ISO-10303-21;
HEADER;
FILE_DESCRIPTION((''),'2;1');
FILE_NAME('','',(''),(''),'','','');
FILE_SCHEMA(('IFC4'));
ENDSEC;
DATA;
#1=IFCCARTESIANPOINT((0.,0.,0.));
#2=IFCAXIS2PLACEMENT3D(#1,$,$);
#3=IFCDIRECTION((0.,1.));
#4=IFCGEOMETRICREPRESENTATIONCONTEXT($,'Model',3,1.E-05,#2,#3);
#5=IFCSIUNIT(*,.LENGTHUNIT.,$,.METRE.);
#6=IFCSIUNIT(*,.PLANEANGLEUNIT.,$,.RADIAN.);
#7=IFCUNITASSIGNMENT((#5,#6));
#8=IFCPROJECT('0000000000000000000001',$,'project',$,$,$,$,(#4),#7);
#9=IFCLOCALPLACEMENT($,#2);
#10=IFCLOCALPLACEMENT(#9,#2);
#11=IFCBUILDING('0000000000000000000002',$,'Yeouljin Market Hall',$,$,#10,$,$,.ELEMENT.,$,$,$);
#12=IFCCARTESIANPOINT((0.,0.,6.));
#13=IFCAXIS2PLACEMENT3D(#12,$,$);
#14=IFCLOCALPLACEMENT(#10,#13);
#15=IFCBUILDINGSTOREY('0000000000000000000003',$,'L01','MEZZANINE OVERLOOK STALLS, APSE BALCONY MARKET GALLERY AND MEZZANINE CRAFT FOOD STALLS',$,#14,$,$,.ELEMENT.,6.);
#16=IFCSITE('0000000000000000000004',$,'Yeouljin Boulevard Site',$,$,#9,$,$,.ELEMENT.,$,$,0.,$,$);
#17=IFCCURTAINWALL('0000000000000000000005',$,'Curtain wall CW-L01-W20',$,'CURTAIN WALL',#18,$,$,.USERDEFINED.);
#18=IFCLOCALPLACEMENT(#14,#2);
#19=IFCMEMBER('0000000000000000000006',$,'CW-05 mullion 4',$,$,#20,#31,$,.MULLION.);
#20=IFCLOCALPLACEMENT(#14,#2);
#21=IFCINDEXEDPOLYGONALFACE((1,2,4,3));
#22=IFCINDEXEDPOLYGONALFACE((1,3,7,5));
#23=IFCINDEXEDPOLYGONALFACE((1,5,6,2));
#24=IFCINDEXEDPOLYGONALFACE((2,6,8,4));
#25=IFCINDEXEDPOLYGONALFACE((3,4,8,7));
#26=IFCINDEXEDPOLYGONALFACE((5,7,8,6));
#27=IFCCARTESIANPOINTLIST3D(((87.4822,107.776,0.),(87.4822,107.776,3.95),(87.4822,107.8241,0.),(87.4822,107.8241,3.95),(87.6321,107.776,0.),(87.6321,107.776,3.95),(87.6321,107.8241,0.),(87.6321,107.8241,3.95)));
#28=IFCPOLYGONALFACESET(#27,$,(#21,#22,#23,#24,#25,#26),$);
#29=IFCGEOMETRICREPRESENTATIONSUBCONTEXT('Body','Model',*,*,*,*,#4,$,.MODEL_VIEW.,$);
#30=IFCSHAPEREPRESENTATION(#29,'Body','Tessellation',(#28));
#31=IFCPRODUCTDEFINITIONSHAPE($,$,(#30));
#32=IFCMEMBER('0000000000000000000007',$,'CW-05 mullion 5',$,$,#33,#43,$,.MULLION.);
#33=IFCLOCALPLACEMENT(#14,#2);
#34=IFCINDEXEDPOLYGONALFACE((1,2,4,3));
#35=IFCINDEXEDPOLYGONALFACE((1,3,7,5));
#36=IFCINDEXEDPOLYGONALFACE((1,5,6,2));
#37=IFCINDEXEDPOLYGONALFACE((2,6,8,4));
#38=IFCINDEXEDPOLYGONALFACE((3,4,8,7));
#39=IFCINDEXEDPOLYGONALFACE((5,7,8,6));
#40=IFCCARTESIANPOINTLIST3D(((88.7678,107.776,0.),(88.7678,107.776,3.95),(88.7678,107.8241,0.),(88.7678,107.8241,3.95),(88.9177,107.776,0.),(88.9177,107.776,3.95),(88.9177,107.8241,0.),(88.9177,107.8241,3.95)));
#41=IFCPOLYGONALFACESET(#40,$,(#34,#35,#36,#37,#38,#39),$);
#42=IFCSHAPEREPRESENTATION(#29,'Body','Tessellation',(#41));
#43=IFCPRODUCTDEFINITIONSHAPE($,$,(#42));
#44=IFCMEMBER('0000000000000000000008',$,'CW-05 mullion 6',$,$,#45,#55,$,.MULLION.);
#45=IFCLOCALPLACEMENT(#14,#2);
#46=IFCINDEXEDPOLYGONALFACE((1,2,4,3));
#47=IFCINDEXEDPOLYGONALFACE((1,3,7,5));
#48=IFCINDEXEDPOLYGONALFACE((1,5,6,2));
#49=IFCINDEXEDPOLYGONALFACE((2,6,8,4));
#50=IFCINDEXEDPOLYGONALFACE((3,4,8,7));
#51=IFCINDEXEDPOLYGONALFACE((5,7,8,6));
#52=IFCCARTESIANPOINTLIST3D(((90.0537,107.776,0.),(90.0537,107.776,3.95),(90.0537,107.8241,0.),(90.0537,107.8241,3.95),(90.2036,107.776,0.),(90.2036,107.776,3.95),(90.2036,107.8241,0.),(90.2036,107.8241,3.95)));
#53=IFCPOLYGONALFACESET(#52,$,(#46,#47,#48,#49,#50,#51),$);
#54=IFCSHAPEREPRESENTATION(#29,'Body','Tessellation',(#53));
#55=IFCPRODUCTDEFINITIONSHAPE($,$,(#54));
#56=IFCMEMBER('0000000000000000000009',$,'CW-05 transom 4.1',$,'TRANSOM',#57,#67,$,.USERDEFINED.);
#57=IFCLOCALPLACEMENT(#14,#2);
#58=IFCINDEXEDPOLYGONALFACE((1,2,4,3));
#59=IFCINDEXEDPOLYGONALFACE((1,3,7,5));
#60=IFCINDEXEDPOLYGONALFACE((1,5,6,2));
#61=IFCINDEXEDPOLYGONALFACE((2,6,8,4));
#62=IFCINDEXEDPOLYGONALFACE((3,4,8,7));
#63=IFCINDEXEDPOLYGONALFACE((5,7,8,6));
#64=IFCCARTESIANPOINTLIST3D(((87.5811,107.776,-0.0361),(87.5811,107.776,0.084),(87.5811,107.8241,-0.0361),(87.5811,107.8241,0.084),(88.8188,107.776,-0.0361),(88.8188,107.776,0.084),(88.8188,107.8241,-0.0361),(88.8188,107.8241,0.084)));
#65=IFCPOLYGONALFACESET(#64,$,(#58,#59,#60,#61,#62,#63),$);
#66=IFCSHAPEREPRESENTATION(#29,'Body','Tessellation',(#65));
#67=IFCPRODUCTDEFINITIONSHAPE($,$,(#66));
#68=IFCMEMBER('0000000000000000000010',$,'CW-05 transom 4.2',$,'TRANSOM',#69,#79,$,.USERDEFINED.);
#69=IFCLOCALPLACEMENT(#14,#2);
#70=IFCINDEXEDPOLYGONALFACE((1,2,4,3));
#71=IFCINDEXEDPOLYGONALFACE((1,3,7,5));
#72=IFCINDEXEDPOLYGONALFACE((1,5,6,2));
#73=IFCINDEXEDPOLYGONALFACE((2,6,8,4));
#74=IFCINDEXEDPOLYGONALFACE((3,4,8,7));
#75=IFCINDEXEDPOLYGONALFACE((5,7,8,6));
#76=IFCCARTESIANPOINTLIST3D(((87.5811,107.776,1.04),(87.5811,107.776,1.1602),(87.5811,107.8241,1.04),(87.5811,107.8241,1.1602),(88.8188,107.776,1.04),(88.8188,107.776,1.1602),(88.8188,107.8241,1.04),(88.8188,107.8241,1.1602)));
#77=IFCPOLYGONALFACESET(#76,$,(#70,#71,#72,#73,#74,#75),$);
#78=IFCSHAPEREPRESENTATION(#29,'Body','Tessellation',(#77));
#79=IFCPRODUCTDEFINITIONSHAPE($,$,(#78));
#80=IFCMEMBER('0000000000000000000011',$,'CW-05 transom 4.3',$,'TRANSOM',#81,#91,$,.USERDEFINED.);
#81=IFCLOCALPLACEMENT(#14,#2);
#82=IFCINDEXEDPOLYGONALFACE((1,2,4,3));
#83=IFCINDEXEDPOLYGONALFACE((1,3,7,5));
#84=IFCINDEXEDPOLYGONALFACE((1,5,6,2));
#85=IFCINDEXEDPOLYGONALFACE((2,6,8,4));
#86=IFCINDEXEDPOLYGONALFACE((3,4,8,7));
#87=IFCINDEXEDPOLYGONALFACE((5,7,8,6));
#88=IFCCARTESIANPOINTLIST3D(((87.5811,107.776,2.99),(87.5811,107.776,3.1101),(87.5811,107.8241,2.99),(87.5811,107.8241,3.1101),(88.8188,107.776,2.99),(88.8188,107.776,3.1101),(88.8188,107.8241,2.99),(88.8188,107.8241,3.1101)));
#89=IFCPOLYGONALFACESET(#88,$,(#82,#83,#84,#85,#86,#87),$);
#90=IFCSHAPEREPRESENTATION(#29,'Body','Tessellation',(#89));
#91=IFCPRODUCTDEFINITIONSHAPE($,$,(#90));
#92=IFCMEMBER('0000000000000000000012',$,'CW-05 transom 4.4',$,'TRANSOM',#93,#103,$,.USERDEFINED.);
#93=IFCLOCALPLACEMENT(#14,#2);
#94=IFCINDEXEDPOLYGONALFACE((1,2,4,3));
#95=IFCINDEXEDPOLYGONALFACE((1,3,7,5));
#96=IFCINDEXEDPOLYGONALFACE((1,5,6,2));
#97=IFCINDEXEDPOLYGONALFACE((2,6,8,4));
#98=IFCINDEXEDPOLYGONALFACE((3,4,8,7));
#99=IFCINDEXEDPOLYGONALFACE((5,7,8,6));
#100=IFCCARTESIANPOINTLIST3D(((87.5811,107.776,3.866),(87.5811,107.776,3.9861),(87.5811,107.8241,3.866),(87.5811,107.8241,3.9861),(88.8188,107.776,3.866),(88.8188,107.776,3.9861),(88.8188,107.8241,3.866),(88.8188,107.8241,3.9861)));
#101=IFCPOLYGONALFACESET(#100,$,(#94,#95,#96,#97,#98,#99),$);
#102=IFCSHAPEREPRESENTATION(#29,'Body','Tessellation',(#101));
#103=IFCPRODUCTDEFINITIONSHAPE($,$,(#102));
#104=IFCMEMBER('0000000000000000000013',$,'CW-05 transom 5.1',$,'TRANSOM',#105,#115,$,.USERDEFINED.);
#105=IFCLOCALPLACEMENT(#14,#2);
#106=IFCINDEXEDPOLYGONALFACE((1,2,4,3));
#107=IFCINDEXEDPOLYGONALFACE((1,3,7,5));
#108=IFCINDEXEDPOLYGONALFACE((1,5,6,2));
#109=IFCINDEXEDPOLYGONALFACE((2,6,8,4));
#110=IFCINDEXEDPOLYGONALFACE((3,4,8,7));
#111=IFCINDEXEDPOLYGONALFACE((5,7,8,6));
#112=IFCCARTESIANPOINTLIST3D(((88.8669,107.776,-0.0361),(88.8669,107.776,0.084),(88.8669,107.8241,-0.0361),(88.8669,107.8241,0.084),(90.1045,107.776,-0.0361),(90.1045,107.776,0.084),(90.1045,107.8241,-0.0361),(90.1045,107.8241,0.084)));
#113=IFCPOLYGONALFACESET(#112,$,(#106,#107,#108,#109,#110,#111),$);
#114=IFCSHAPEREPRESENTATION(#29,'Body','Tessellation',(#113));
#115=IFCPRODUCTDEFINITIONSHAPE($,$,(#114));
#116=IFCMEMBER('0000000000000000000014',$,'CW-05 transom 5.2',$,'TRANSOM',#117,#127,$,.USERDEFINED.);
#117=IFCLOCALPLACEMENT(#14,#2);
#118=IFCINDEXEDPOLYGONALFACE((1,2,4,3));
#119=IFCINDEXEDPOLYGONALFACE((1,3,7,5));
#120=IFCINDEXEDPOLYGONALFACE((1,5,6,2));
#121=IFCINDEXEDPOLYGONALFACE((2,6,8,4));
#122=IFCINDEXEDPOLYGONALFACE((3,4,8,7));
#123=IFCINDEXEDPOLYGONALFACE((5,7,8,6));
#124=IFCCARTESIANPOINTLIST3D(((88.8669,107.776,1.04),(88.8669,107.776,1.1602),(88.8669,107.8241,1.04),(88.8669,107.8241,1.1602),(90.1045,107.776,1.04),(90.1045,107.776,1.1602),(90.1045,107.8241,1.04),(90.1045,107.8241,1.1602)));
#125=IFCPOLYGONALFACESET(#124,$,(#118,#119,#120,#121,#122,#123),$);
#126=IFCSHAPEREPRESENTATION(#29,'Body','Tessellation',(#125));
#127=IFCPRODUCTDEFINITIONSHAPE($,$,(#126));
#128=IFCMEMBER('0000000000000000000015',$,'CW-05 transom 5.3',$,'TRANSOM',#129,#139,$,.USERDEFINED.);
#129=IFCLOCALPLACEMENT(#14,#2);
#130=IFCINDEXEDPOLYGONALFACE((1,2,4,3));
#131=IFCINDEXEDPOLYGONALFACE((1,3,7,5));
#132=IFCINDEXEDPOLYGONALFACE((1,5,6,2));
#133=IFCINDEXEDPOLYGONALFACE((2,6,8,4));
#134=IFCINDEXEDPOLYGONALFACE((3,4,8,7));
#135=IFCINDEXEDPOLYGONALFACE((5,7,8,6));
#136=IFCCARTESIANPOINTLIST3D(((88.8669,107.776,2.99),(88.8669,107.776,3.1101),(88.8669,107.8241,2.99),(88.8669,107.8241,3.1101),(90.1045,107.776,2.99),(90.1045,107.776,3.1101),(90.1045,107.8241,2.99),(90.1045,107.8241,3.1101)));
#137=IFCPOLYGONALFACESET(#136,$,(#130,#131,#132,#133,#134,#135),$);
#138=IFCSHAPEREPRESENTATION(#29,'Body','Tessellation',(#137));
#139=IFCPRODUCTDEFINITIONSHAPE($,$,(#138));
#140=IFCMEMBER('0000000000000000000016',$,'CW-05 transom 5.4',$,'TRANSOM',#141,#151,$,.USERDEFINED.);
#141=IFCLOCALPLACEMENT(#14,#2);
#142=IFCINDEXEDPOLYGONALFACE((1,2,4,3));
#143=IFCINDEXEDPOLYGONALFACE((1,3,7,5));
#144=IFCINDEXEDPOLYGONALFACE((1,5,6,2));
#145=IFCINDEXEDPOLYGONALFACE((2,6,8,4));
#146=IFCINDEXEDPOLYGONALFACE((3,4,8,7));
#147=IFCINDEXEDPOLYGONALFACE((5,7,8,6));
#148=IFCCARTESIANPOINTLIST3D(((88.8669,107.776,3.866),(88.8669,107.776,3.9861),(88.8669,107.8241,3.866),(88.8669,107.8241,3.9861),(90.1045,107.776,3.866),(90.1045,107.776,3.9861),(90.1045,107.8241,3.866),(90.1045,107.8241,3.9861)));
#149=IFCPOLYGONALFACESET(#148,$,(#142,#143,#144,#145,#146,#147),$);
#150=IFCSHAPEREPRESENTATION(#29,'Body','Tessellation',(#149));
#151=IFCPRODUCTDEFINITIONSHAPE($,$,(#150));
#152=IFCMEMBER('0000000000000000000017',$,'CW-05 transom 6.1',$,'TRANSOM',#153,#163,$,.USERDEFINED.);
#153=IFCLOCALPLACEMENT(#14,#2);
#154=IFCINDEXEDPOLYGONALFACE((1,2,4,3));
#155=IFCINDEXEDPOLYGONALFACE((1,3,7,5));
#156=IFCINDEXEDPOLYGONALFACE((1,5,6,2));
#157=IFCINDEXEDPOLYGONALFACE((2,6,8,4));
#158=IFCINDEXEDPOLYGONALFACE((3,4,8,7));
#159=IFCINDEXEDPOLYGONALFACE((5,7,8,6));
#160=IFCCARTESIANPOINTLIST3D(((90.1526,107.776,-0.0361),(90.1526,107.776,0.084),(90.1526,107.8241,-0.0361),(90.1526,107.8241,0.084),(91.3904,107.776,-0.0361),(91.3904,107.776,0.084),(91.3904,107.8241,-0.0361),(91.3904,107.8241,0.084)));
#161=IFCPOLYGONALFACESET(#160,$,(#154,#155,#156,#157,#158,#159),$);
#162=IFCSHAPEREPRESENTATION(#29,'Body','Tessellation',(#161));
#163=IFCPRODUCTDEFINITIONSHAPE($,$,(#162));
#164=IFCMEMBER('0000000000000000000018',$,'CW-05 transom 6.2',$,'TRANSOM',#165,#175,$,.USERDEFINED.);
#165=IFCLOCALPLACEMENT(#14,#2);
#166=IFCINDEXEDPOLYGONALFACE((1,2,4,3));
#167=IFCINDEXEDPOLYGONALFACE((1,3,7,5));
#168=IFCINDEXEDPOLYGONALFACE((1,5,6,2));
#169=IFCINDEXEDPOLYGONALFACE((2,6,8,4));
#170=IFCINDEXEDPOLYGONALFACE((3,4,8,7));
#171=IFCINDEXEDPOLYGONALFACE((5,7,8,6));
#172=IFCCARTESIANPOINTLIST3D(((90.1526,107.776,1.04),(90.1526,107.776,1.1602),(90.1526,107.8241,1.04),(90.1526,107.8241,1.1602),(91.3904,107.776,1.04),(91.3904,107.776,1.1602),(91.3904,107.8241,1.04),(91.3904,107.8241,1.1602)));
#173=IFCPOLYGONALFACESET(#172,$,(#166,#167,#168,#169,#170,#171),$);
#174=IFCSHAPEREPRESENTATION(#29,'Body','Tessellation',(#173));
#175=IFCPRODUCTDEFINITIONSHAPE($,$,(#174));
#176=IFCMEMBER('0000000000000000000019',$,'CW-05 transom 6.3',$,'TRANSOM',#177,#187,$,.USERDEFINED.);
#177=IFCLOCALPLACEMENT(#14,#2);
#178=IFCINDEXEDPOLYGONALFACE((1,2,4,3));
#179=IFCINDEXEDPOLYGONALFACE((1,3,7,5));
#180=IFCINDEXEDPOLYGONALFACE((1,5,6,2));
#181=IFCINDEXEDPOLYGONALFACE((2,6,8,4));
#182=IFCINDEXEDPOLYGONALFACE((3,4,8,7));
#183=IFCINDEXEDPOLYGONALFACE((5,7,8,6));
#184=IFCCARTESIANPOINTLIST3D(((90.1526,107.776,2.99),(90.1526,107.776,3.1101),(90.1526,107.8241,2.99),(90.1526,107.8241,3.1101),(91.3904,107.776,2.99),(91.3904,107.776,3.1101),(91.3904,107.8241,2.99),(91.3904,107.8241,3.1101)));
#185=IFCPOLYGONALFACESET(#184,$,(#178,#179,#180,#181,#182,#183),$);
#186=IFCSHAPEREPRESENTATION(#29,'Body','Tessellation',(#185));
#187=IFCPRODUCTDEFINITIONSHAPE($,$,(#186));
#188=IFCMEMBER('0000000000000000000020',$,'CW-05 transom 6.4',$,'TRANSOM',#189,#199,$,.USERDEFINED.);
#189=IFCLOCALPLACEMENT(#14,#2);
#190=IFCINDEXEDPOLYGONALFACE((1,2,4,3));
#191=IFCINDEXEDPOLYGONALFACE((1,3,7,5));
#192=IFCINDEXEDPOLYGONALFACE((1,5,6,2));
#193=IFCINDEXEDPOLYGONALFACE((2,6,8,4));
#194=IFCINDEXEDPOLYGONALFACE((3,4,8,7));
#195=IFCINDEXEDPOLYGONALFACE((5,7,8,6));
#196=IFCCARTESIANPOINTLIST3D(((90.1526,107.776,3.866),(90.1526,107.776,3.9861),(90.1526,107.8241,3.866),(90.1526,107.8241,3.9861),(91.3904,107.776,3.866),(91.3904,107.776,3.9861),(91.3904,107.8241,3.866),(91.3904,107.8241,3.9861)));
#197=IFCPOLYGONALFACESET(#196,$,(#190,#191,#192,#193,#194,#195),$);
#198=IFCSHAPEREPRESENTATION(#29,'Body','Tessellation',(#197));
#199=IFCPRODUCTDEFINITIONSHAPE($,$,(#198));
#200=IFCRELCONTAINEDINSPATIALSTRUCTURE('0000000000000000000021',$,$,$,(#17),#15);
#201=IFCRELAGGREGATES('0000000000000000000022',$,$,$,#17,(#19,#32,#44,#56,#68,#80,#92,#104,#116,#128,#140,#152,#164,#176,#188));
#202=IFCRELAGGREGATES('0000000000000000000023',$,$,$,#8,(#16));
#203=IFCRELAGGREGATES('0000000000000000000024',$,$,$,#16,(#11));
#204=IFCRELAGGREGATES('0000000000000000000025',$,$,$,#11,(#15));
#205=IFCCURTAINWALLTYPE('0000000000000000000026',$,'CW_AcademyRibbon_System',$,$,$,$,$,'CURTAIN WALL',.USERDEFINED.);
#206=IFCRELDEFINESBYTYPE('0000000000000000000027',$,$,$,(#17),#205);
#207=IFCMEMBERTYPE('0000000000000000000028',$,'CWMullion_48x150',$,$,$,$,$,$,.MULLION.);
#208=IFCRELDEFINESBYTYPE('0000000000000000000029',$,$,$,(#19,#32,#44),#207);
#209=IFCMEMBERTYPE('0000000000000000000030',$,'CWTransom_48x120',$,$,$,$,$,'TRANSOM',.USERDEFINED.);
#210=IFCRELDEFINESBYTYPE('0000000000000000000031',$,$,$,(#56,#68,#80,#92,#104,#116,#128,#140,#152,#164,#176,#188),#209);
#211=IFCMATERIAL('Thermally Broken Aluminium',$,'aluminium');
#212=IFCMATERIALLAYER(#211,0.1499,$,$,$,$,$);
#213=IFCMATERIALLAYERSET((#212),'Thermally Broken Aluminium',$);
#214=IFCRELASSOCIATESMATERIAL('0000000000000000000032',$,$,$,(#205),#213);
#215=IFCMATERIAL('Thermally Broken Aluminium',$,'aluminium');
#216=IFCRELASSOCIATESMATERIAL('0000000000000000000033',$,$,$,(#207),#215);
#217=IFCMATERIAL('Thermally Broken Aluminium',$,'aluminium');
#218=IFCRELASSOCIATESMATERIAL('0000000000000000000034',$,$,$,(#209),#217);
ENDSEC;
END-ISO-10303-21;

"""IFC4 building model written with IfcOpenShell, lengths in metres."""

from ifc_helpers import new_model, si_unit, direction, frame, origin, origin_2d, place, context, subcontext, project, spatial, rectangle, extrude, material, layer, layer_set, material_profile, profile_set, type_object, element, aggregate, save


model = new_model("IFC4")

# Units and contexts
model_context = context("Model", 3, precision=1e-05, world=origin(), true_north=direction((0.0, 1.0)))
body_context = subcontext(model_context, "Body", "Model", "MODEL_VIEW")
ifc_project = project(units=[si_unit("LENGTHUNIT", "METRE"), si_unit("PLANEANGLEUNIT", "RADIAN")], contexts=[model_context])

# Site, building, storey
site_placement = place(None, origin())
site = spatial("IfcSite", under=ifc_project, at=site_placement, Name="Yeouljin Boulevard Site", CompositionType="ELEMENT", RefElevation=0.0)
building_placement = place(site_placement, origin())
building = spatial("IfcBuilding", under=site, at=building_placement, Name="Yeouljin Market Hall", CompositionType="ELEMENT")
storey_placement = place(building_placement, frame((0.0, 0.0, 6.0)))
storey = spatial("IfcBuildingStorey", under=building, at=storey_placement, Name="L01", Description="MEZZANINE OVERLOOK STALLS, APSE BALCONY MARKET GALLERY AND MEZZANINE CRAFT FOOD STALLS", CompositionType="ELEMENT", Elevation=6.0)

# Curtain wall, members
ifc_material_1 = material(Name="Thermally Broken Aluminium", Category="aluminium")
ifc_layer_1 = layer(ifc_material_1, 0.1499)
ifc_layer_set_1 = layer_set([ifc_layer_1], Name="Thermally Broken Aluminium")
curtain_wall_type = type_object("IfcCurtainWallType", Name="CW_AcademyRibbon_System", ElementType="CURTAIN WALL", PredefinedType="USERDEFINED", material=ifc_layer_set_1)
curtain_wall_placement = place(storey_placement, origin())
curtain_wall = element("IfcCurtainWall", 1, at=curtain_wall_placement, inside=storey, type_object=curtain_wall_type, Name="Curtain wall CW-L01-W20", ObjectType="CURTAIN WALL", PredefinedType="USERDEFINED")
ifc_material_2 = material(Name="Thermally Broken Aluminium", Category="aluminium")
ifc_material_profile_1 = material_profile(ifc_material_2, rectangle(XDim=0.0481, YDim=0.1499, at=origin_2d()), Name="CW-MULL-48x150")
ifc_profile_set_1 = profile_set([ifc_material_profile_1], Name="Thermally Broken Aluminium")
member_type_1 = type_object("IfcMemberType", Name="CWMullion_48x150", PredefinedType="MULLION", material=ifc_profile_set_1)
member_1_placement = place(storey_placement, frame((87.5571, 107.8, 0.0), z_axis=(0.0, 0.0, 1.0), x_axis=(0.0, 1.0, 0.0)))
member_1 = element("IfcMember", 2, at=member_1_placement, type_object=member_type_1, Name="CW-05 mullion 4", PredefinedType="MULLION", context=body_context, shape_type="SweptSolid", body=[
    extrude(rectangle(XDim=0.0481, YDim=0.1499, at=origin_2d()), origin(), (0.0, 0.0, 1.0), 3.95),
])
member_2_placement = place(storey_placement, frame((88.8428, 107.8, 0.0), z_axis=(0.0, 0.0, 1.0), x_axis=(0.0, 1.0, 0.0)))
member_2 = element("IfcMember", 3, at=member_2_placement, type_object=member_type_1, Name="CW-05 mullion 5", PredefinedType="MULLION", context=body_context, shape_type="SweptSolid", body=[
    extrude(rectangle(XDim=0.0481, YDim=0.1499, at=origin_2d()), origin(), (0.0, 0.0, 1.0), 3.95),
])
member_3_placement = place(storey_placement, frame((90.1287, 107.8, 0.0), z_axis=(0.0, 0.0, 1.0), x_axis=(0.0, 1.0, 0.0)))
member_3 = element("IfcMember", 4, at=member_3_placement, type_object=member_type_1, Name="CW-05 mullion 6", PredefinedType="MULLION", context=body_context, shape_type="SweptSolid", body=[
    extrude(rectangle(XDim=0.0481, YDim=0.1499, at=origin_2d()), origin(), (0.0, 0.0, 1.0), 3.95),
])
ifc_material_3 = material(Name="Thermally Broken Aluminium", Category="aluminium")
ifc_material_profile_2 = material_profile(ifc_material_3, rectangle(XDim=0.0481, YDim=0.1201, at=origin_2d()), Name="CW-TRAN-48x120")
ifc_profile_set_2 = profile_set([ifc_material_profile_2], Name="Thermally Broken Aluminium")
member_type_2 = type_object("IfcMemberType", Name="CWTransom_48x120", ElementType="TRANSOM", PredefinedType="USERDEFINED", material=ifc_profile_set_2)
member_4_placement = place(storey_placement, frame((87.5811, 107.8, 0.0239), z_axis=(1.0, 0.0, 0.0), x_axis=(0.0, 1.0, 0.0)))
member_4 = element("IfcMember", 5, at=member_4_placement, type_object=member_type_2, Name="CW-05 transom 4.1", ObjectType="TRANSOM", PredefinedType="USERDEFINED", context=body_context, shape_type="SweptSolid", body=[
    extrude(rectangle(XDim=0.0481, YDim=0.1201, at=origin_2d()), origin(), (0.0, 0.0, 1.0), 1.2378),
])
member_5_placement = place(storey_placement, frame((87.5811, 107.8, 1.1001), z_axis=(1.0, 0.0, 0.0), x_axis=(0.0, 1.0, 0.0)))
member_5 = element("IfcMember", 6, at=member_5_placement, type_object=member_type_2, Name="CW-05 transom 4.2", ObjectType="TRANSOM", PredefinedType="USERDEFINED", context=body_context, shape_type="SweptSolid", body=[
    extrude(rectangle(XDim=0.0481, YDim=0.1201, at=origin_2d()), origin(), (0.0, 0.0, 1.0), 1.2378),
])
member_6_placement = place(storey_placement, frame((87.5811, 107.8, 3.05), z_axis=(1.0, 0.0, 0.0), x_axis=(0.0, 1.0, 0.0)))
member_6 = element("IfcMember", 7, at=member_6_placement, type_object=member_type_2, Name="CW-05 transom 4.3", ObjectType="TRANSOM", PredefinedType="USERDEFINED", context=body_context, shape_type="SweptSolid", body=[
    extrude(rectangle(XDim=0.0481, YDim=0.1201, at=origin_2d()), origin(), (0.0, 0.0, 1.0), 1.2378),
])
member_7_placement = place(storey_placement, frame((87.5811, 107.8, 3.926), z_axis=(1.0, 0.0, 0.0), x_axis=(0.0, 1.0, 0.0)))
member_7 = element("IfcMember", 8, at=member_7_placement, type_object=member_type_2, Name="CW-05 transom 4.4", ObjectType="TRANSOM", PredefinedType="USERDEFINED", context=body_context, shape_type="SweptSolid", body=[
    extrude(rectangle(XDim=0.0481, YDim=0.1201, at=origin_2d()), origin(), (0.0, 0.0, 1.0), 1.2378),
])
member_8_placement = place(storey_placement, frame((88.8669, 107.8, 0.0239), z_axis=(1.0, 0.0, 0.0), x_axis=(0.0, 1.0, 0.0)))
member_8 = element("IfcMember", 9, at=member_8_placement, type_object=member_type_2, Name="CW-05 transom 5.1", ObjectType="TRANSOM", PredefinedType="USERDEFINED", context=body_context, shape_type="SweptSolid", body=[
    extrude(rectangle(XDim=0.0481, YDim=0.1201, at=origin_2d()), origin(), (0.0, 0.0, 1.0), 1.2375),
])
member_9_placement = place(storey_placement, frame((88.8669, 107.8, 1.1001), z_axis=(1.0, 0.0, 0.0), x_axis=(0.0, 1.0, 0.0)))
member_9 = element("IfcMember", 10, at=member_9_placement, type_object=member_type_2, Name="CW-05 transom 5.2", ObjectType="TRANSOM", PredefinedType="USERDEFINED", context=body_context, shape_type="SweptSolid", body=[
    extrude(rectangle(XDim=0.0481, YDim=0.1201, at=origin_2d()), origin(), (0.0, 0.0, 1.0), 1.2375),
])
member_10_placement = place(storey_placement, frame((88.8669, 107.8, 3.05), z_axis=(1.0, 0.0, 0.0), x_axis=(0.0, 1.0, 0.0)))
member_10 = element("IfcMember", 11, at=member_10_placement, type_object=member_type_2, Name="CW-05 transom 5.3", ObjectType="TRANSOM", PredefinedType="USERDEFINED", context=body_context, shape_type="SweptSolid", body=[
    extrude(rectangle(XDim=0.0481, YDim=0.1201, at=origin_2d()), origin(), (0.0, 0.0, 1.0), 1.2375),
])
member_11_placement = place(storey_placement, frame((88.8669, 107.8, 3.926), z_axis=(1.0, 0.0, 0.0), x_axis=(0.0, 1.0, 0.0)))
member_11 = element("IfcMember", 12, at=member_11_placement, type_object=member_type_2, Name="CW-05 transom 5.4", ObjectType="TRANSOM", PredefinedType="USERDEFINED", context=body_context, shape_type="SweptSolid", body=[
    extrude(rectangle(XDim=0.0481, YDim=0.1201, at=origin_2d()), origin(), (0.0, 0.0, 1.0), 1.2375),
])
member_12_placement = place(storey_placement, frame((90.1526, 107.8, 0.0239), z_axis=(1.0, 0.0, 0.0), x_axis=(0.0, 1.0, 0.0)))
member_12 = element("IfcMember", 13, at=member_12_placement, type_object=member_type_2, Name="CW-05 transom 6.1", ObjectType="TRANSOM", PredefinedType="USERDEFINED", context=body_context, shape_type="SweptSolid", body=[
    extrude(rectangle(XDim=0.0481, YDim=0.1201, at=origin_2d()), origin(), (0.0, 0.0, 1.0), 1.2378),
])
member_13_placement = place(storey_placement, frame((90.1526, 107.8, 1.1001), z_axis=(1.0, 0.0, 0.0), x_axis=(0.0, 1.0, 0.0)))
member_13 = element("IfcMember", 14, at=member_13_placement, type_object=member_type_2, Name="CW-05 transom 6.2", ObjectType="TRANSOM", PredefinedType="USERDEFINED", context=body_context, shape_type="SweptSolid", body=[
    extrude(rectangle(XDim=0.0481, YDim=0.1201, at=origin_2d()), origin(), (0.0, 0.0, 1.0), 1.2378),
])
member_14_placement = place(storey_placement, frame((90.1526, 107.8, 3.05), z_axis=(1.0, 0.0, 0.0), x_axis=(0.0, 1.0, 0.0)))
member_14 = element("IfcMember", 15, at=member_14_placement, type_object=member_type_2, Name="CW-05 transom 6.3", ObjectType="TRANSOM", PredefinedType="USERDEFINED", context=body_context, shape_type="SweptSolid", body=[
    extrude(rectangle(XDim=0.0481, YDim=0.1201, at=origin_2d()), origin(), (0.0, 0.0, 1.0), 1.2378),
])
member_15_placement = place(storey_placement, frame((90.1526, 107.8, 3.926), z_axis=(1.0, 0.0, 0.0), x_axis=(0.0, 1.0, 0.0)))
member_15 = element("IfcMember", 16, at=member_15_placement, type_object=member_type_2, Name="CW-05 transom 6.4", ObjectType="TRANSOM", PredefinedType="USERDEFINED", context=body_context, shape_type="SweptSolid", body=[
    extrude(rectangle(XDim=0.0481, YDim=0.1201, at=origin_2d()), origin(), (0.0, 0.0, 1.0), 1.2378),
])

aggregate(curtain_wall, [member_1, member_2, member_3, member_4, member_5, member_6, member_7, member_8, member_9, member_10, member_11, member_12, member_13, member_14, member_15])

save(model, "model.ifc")
